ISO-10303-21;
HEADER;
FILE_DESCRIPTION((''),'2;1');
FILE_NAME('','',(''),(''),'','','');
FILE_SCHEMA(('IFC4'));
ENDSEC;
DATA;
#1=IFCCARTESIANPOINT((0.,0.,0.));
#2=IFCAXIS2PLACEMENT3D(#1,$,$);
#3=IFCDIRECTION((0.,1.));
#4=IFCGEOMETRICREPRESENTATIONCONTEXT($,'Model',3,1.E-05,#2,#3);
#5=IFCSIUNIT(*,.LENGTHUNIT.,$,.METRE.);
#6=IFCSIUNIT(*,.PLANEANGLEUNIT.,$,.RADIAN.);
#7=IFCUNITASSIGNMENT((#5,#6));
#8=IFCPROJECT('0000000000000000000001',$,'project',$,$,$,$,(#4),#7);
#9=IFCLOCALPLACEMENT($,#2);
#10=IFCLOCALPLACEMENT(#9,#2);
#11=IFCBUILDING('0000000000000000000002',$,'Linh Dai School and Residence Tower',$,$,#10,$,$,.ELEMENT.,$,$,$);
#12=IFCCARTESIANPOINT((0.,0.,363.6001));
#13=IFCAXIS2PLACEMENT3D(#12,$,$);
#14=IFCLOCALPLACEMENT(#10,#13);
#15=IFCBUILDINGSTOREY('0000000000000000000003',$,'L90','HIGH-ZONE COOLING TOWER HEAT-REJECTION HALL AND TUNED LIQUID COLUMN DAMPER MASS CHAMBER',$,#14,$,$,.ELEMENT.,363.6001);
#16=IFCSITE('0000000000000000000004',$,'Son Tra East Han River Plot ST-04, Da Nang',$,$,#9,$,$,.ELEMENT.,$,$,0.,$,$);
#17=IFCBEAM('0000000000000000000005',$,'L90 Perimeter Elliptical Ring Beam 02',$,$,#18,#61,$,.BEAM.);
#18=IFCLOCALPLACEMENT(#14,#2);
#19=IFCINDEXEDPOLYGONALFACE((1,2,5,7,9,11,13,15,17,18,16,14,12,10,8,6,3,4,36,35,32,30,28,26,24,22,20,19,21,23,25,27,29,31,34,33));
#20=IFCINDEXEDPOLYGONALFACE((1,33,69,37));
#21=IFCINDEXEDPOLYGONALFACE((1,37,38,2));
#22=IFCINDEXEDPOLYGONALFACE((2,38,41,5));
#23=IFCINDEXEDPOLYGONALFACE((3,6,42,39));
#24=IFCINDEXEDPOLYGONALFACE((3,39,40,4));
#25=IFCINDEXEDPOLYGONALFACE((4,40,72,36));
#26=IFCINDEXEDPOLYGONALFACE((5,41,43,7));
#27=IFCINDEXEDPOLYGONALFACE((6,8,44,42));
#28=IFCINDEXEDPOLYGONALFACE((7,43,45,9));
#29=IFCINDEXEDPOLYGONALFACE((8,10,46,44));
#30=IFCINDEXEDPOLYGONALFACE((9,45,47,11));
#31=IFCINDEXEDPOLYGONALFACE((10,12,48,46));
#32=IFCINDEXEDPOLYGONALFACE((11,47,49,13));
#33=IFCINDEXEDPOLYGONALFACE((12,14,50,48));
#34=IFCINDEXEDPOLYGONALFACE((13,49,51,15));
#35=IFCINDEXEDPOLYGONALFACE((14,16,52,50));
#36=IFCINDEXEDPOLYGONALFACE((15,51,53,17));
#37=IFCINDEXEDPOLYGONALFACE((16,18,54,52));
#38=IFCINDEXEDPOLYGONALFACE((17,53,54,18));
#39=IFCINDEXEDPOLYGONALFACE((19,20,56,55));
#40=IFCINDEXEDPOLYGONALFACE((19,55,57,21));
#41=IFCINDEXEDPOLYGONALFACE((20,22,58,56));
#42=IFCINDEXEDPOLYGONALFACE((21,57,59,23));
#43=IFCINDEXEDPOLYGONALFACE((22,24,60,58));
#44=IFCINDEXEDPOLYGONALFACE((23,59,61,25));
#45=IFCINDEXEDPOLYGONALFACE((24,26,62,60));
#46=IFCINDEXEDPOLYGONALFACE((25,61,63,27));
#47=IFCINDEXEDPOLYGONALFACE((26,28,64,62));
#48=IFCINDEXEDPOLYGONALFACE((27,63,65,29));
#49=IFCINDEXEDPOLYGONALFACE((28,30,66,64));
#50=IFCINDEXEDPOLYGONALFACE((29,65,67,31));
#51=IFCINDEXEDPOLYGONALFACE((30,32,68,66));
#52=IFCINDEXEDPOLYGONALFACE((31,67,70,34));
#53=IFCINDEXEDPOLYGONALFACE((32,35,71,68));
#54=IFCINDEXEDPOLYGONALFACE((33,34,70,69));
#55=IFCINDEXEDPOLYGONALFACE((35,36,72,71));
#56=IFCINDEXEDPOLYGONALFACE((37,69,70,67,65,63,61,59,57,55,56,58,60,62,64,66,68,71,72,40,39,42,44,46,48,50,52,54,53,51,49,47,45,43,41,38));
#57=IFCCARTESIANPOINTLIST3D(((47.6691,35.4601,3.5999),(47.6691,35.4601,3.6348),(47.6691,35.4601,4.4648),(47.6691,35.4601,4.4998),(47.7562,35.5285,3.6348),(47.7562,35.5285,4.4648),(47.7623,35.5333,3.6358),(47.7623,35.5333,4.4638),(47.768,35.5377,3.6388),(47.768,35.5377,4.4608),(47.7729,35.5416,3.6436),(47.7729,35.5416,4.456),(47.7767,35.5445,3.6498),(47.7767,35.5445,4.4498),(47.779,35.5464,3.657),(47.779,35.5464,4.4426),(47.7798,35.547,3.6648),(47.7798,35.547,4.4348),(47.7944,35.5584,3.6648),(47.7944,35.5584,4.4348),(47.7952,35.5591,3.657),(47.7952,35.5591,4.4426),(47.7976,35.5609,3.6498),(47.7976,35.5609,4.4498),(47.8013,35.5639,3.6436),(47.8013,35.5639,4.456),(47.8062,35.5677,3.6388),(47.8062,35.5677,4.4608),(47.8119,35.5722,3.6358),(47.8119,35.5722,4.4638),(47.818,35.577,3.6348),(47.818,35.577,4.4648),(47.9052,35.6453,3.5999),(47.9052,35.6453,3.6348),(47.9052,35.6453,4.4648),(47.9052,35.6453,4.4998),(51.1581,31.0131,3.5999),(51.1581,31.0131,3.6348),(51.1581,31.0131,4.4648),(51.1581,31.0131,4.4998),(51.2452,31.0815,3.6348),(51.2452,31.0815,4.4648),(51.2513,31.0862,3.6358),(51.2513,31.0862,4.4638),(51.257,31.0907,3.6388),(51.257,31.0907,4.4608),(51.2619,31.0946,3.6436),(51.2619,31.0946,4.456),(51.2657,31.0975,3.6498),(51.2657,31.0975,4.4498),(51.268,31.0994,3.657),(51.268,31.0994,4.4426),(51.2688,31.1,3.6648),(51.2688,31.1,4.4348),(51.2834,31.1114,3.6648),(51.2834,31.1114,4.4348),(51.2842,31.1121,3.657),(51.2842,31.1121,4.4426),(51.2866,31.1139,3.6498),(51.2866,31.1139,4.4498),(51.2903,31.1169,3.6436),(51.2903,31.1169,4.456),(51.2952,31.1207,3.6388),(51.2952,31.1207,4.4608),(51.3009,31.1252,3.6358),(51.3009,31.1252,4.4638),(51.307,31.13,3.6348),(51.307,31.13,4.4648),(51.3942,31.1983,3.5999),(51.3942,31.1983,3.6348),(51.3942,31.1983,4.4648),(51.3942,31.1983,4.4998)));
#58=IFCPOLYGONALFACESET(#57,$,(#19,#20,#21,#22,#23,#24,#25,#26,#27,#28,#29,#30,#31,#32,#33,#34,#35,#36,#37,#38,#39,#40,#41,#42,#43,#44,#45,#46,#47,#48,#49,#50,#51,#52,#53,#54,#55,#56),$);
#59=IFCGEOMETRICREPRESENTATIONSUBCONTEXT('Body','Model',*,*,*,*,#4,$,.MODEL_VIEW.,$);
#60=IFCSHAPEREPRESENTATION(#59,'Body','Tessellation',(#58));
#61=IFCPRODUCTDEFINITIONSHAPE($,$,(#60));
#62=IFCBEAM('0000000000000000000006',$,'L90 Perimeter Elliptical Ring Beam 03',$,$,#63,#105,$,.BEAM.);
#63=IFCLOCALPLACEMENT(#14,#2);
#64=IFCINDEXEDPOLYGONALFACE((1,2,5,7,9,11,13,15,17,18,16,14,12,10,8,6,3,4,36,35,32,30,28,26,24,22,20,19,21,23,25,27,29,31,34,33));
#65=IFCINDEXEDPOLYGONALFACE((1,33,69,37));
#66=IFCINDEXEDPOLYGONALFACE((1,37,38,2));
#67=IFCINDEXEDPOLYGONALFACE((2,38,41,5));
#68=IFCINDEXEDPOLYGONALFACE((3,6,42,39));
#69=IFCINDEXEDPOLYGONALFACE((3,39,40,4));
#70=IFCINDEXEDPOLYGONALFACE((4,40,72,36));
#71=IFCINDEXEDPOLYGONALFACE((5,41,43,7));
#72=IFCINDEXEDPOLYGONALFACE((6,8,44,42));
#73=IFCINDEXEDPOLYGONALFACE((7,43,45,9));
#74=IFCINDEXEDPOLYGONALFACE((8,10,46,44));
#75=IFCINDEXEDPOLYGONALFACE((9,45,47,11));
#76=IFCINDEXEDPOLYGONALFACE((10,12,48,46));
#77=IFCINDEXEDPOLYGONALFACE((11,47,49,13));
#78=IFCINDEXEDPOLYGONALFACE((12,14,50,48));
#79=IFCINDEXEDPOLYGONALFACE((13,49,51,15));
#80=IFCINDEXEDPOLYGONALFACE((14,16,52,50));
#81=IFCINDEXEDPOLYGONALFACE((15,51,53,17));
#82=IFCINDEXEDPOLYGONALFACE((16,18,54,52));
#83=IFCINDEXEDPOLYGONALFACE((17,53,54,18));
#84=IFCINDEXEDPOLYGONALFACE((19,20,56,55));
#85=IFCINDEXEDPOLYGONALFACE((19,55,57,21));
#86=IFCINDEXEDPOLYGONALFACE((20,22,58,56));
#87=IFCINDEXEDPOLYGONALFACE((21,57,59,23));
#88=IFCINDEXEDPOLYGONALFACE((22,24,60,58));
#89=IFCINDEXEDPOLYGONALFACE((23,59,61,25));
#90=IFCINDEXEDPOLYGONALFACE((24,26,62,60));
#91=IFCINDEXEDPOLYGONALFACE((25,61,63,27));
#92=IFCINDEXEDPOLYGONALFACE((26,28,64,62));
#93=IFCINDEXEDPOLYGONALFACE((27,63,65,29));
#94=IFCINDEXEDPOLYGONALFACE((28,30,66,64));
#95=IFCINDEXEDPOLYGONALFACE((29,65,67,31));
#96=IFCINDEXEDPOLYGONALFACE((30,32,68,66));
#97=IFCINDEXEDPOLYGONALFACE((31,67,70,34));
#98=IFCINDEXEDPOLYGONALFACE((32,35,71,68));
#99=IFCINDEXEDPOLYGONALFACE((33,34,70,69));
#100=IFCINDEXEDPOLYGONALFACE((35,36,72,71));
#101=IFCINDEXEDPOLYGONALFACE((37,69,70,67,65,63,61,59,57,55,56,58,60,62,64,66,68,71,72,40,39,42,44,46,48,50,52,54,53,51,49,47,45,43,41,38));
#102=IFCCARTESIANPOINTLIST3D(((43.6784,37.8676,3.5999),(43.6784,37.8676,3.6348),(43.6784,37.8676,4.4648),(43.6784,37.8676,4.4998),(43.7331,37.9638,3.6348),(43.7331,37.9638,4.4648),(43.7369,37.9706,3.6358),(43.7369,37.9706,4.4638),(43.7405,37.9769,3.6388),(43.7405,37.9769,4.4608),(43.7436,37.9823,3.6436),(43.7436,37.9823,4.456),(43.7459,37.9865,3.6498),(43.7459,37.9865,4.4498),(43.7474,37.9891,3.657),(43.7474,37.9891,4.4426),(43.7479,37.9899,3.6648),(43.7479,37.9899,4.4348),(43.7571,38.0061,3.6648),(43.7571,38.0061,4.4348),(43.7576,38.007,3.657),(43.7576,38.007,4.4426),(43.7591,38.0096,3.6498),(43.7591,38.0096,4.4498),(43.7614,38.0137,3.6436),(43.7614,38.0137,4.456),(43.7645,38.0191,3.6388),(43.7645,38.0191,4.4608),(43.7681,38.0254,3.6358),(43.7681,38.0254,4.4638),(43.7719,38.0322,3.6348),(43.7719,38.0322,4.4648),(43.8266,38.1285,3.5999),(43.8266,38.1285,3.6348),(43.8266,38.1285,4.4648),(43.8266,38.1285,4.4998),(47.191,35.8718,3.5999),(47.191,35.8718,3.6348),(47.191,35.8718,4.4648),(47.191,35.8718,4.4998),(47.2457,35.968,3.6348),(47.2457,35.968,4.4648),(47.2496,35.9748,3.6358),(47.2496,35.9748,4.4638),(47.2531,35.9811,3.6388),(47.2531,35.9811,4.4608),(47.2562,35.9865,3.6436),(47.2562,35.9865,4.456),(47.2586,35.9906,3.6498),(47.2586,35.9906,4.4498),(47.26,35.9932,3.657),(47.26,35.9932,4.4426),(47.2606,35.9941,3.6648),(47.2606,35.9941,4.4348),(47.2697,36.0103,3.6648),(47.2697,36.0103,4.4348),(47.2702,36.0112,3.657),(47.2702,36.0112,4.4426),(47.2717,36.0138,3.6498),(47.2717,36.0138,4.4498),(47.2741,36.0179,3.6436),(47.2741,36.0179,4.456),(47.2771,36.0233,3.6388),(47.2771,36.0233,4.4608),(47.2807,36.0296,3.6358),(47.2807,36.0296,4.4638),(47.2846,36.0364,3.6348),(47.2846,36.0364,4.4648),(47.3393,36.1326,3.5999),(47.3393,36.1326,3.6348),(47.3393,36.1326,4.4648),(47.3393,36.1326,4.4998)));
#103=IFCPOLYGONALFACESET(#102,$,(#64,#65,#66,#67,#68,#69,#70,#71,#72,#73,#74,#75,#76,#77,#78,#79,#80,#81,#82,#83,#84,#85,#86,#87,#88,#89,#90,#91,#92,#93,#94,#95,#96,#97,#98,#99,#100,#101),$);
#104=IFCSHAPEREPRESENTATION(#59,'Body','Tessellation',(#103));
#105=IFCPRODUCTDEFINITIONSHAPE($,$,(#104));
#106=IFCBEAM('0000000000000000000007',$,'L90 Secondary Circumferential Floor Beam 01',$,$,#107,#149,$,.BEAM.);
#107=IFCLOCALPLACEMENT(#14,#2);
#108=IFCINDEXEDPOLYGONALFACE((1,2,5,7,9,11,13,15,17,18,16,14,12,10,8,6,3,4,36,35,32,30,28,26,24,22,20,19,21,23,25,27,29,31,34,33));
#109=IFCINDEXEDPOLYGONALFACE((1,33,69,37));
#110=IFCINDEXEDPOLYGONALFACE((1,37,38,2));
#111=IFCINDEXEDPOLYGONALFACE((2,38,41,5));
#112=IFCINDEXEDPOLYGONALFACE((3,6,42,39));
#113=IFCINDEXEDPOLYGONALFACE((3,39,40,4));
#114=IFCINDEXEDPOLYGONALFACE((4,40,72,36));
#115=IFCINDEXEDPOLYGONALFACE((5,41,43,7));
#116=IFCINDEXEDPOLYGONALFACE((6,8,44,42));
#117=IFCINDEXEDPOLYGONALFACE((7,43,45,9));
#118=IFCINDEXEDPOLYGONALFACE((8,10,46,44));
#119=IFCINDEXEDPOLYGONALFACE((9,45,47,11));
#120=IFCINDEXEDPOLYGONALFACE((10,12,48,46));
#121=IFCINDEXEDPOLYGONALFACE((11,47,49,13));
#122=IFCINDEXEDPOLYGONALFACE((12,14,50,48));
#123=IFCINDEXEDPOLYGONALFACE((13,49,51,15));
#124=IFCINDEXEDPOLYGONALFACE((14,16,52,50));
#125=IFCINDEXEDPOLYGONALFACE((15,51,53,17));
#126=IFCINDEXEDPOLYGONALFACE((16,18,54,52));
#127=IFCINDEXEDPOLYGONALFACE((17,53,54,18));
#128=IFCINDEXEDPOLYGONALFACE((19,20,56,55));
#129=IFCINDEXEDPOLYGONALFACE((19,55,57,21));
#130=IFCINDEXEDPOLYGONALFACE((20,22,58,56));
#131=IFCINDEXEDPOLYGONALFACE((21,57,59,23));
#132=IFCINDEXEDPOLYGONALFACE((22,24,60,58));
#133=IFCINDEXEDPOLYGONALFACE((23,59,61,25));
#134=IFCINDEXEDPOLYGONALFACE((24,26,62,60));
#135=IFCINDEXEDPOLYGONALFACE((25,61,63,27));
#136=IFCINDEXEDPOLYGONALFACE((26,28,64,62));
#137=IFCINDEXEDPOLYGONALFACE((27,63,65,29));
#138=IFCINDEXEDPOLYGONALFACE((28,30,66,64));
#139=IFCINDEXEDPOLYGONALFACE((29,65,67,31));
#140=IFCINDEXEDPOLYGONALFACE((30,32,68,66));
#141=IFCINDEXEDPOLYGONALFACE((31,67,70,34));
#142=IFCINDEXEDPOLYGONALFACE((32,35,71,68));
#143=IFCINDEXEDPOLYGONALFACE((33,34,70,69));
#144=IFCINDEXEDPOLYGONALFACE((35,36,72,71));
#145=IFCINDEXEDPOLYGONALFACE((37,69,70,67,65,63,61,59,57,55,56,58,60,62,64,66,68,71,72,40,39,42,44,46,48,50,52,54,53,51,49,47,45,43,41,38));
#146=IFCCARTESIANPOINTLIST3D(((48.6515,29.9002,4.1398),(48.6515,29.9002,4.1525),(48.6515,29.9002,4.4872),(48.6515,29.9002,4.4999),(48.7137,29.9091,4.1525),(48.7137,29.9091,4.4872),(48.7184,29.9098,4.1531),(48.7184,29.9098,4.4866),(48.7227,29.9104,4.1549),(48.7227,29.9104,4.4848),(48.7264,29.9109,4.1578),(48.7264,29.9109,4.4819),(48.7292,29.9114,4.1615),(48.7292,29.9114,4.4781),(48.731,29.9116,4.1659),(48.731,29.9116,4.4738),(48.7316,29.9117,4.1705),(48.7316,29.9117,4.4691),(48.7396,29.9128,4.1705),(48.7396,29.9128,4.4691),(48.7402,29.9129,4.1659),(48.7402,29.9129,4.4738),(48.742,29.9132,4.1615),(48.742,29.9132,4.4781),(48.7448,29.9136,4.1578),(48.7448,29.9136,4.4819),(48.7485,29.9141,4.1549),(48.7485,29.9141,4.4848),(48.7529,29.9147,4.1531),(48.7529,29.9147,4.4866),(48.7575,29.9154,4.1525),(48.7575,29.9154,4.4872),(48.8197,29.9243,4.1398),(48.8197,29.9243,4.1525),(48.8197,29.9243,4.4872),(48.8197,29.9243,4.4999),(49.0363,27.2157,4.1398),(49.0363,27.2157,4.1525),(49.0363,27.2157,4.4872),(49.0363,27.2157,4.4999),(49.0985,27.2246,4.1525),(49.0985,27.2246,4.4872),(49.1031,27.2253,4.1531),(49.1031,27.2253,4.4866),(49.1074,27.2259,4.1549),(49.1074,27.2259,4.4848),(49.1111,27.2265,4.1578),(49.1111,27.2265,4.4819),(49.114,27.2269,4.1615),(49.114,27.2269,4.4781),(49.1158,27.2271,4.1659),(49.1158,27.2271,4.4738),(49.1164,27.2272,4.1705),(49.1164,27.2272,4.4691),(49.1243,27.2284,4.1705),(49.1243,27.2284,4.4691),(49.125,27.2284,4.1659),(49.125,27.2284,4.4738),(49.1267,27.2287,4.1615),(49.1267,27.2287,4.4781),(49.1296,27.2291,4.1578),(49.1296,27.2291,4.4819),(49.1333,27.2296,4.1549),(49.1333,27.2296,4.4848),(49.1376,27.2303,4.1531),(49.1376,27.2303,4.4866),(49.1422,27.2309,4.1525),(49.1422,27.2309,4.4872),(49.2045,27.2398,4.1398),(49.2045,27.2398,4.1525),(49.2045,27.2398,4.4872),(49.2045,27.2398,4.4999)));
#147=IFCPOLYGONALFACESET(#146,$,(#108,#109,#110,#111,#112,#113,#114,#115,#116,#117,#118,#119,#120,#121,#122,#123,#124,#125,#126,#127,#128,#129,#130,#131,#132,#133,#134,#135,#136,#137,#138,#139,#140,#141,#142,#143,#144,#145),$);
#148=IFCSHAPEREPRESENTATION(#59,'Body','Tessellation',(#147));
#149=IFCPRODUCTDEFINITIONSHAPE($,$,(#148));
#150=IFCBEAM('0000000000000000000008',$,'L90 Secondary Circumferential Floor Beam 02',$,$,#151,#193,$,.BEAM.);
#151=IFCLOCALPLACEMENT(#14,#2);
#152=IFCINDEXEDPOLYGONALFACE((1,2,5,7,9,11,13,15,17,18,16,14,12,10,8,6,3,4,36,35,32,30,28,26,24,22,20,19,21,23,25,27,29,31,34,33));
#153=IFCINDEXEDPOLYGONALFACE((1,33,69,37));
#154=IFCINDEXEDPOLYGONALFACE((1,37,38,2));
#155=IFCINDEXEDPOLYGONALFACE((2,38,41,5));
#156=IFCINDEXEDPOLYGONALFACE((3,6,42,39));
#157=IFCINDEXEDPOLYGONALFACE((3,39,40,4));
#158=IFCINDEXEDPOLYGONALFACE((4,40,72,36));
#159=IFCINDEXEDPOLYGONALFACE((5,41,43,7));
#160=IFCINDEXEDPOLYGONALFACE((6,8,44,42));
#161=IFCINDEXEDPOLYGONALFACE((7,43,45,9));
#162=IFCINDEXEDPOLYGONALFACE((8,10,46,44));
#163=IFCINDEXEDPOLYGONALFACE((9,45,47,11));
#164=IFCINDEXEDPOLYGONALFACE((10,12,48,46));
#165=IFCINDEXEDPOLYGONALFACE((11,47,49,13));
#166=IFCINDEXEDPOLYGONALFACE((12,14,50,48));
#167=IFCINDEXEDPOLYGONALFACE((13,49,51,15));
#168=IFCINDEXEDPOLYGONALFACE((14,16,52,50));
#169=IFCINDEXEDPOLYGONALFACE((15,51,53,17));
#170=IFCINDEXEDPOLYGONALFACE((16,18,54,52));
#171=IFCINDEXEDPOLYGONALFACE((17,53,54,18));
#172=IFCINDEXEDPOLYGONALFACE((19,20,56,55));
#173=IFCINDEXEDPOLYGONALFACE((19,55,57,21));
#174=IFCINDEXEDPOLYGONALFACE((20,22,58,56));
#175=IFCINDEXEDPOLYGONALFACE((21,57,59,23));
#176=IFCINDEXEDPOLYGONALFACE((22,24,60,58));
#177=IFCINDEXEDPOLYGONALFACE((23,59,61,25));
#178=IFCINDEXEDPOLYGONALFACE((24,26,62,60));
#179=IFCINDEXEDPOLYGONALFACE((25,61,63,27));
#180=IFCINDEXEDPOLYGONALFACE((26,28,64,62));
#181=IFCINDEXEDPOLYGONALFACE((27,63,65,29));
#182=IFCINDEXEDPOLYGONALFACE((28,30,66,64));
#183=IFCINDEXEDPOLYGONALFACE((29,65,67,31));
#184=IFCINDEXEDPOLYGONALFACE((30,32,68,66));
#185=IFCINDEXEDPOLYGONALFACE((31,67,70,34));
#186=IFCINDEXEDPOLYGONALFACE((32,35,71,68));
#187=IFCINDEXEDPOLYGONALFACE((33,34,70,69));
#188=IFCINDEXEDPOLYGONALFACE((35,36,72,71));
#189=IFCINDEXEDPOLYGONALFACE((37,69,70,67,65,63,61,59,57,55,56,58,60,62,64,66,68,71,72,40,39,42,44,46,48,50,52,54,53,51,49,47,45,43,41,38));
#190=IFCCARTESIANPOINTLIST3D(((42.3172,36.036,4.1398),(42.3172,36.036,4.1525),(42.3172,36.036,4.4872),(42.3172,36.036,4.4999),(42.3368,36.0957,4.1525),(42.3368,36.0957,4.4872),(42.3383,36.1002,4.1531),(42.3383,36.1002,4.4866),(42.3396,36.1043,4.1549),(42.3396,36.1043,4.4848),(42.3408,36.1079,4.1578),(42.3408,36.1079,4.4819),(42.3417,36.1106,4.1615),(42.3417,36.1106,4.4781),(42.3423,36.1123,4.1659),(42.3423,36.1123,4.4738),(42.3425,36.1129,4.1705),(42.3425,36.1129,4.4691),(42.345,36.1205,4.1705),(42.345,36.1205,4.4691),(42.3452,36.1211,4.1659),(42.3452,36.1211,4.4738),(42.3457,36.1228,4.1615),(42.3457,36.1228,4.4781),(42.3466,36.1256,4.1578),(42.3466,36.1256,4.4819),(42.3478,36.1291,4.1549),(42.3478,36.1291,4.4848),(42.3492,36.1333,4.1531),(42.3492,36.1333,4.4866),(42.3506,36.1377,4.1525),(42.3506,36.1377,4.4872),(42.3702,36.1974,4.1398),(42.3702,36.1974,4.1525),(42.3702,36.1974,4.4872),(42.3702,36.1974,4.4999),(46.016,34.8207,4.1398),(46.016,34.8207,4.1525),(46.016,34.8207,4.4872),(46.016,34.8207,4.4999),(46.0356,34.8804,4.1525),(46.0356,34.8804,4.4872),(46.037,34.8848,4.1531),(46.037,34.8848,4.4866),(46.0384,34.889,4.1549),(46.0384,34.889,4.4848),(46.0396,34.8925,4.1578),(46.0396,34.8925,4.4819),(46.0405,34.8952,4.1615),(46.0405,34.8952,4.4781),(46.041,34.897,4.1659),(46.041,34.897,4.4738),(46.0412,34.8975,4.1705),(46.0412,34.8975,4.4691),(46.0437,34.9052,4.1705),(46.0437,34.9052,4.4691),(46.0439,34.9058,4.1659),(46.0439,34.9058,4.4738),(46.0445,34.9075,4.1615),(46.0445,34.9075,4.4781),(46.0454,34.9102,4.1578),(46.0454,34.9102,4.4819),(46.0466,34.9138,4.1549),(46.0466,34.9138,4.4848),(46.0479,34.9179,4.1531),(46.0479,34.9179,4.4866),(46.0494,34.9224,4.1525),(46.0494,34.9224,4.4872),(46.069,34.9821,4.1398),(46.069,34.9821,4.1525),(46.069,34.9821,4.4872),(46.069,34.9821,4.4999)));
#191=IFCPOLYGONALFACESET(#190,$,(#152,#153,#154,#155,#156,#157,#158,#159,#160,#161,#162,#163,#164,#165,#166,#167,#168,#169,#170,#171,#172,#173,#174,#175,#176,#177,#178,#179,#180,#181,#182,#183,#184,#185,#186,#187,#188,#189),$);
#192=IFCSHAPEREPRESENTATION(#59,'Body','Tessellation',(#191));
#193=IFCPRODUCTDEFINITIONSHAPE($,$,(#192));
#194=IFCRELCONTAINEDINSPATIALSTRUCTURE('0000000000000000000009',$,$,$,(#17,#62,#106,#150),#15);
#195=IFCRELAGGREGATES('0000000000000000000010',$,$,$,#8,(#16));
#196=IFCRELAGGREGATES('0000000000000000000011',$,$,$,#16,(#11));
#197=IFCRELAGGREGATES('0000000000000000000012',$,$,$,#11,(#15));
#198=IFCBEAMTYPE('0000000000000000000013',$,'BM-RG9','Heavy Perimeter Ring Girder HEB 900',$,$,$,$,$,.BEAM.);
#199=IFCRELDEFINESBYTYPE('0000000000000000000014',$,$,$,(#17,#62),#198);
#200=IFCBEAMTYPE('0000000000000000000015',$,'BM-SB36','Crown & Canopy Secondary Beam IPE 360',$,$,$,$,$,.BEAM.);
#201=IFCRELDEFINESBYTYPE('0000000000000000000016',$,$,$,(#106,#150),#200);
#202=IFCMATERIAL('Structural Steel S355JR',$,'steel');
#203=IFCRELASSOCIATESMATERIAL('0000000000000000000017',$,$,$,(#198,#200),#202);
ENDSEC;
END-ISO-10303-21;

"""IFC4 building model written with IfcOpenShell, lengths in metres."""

from ifc_helpers import new_model, si_unit, direction, frame, origin, origin_2d, place, context, subcontext, project, spatial, i_section, extrude, material, material_profile, profile_set, type_object, element, save


model = new_model("IFC4")

# Units and contexts
model_context = context("Model", 3, precision=1e-05, world=origin(), true_north=direction((0.0, 1.0)))
body_context = subcontext(model_context, "Body", "Model", "MODEL_VIEW")
ifc_project = project(units=[si_unit("LENGTHUNIT", "METRE"), si_unit("PLANEANGLEUNIT", "RADIAN")], contexts=[model_context])

# Site, building, storey
site_placement = place(None, origin())
site = spatial("IfcSite", under=ifc_project, at=site_placement, Name="Son Tra East Han River Plot ST-04, Da Nang", CompositionType="ELEMENT", RefElevation=0.0)
building_placement = place(site_placement, origin())
building = spatial("IfcBuilding", under=site, at=building_placement, Name="Linh Dai School and Residence Tower", CompositionType="ELEMENT")
storey_placement = place(building_placement, frame((0.0, 0.0, 363.6001)))
storey = spatial("IfcBuildingStorey", under=building, at=storey_placement, Name="L90", Description="HIGH-ZONE COOLING TOWER HEAT-REJECTION HALL AND TUNED LIQUID COLUMN DAMPER MASS CHAMBER", CompositionType="ELEMENT", Elevation=363.6001)

# Shared definitions
ifc_material_1 = material(Name="Structural Steel S355JR", Category="steel")

# Beams
ifc_material_profile_1 = material_profile(ifc_material_1, i_section(OverallWidth=0.3, OverallDepth=0.8999, WebThickness=0.0186, FlangeThickness=0.0349, FilletRadius=0.03, at=origin_2d()), Name="HEB 900")
ifc_profile_set_1 = profile_set([ifc_material_profile_1], Name="Structural Steel S355JR")
beam_type_1 = type_object("IfcBeamType", Name="BM-RG9", Description="Heavy Perimeter Ring Girder HEB 900", PredefinedType="BEAM", material=ifc_profile_set_1)
beam_1_placement = place(storey_placement, frame((51.2761, 31.1057, 4.0498), z_axis=(-0.617266, 0.786754, 0.0), x_axis=(-0.786754, -0.617266, 0.0)))
element("IfcBeam", 1, at=beam_1_placement, inside=storey, type_object=beam_type_1, Name="L90 Perimeter Elliptical Ring Beam 02", PredefinedType="BEAM", context=body_context, shape_type="SweptSolid", body=[
    extrude(i_section(OverallWidth=0.3, OverallDepth=0.8999, WebThickness=0.0186, FlangeThickness=0.0349, FilletRadius=0.03, at=origin_2d()), origin(), (0.0, 0.0, 1.0), 5.6523),
])
beam_2_placement = place(storey_placement, frame((47.2651, 36.0022, 4.0498), z_axis=(-0.869457, 0.494009, 0.0), x_axis=(-0.494009, -0.869457, 0.0)))
element("IfcBeam", 2, at=beam_2_placement, inside=storey, type_object=beam_type_1, Name="L90 Perimeter Elliptical Ring Beam 03", PredefinedType="BEAM", context=body_context, shape_type="SweptSolid", body=[
    extrude(i_section(OverallWidth=0.3, OverallDepth=0.8999, WebThickness=0.0186, FlangeThickness=0.0349, FilletRadius=0.03, at=origin_2d()), origin(), (0.0, 0.0, 1.0), 4.04),
])
ifc_material_profile_2 = material_profile(ifc_material_1, i_section(OverallWidth=0.1699, OverallDepth=0.3601, WebThickness=0.0081, FlangeThickness=0.0127, FilletRadius=0.0181, at=origin_2d()), Name="IPE 360")
ifc_profile_set_2 = profile_set([ifc_material_profile_2], Name="Structural Steel S355JR")
beam_type_2 = type_object("IfcBeamType", Name="BM-SB36", Description="Crown & Canopy Secondary Beam IPE 360", PredefinedType="BEAM", material=ifc_profile_set_2)
beam_3_placement = place(storey_placement, frame((49.1204, 27.2278, 4.3198), z_axis=(-0.141875, 0.989885, 0.0), x_axis=(-0.989885, -0.141875, 0.0)))
element("IfcBeam", 3, at=beam_3_placement, inside=storey, type_object=beam_type_2, Name="L90 Secondary Circumferential Floor Beam 01", PredefinedType="BEAM", context=body_context, shape_type="SweptSolid", body=[
    extrude(i_section(OverallWidth=0.1699, OverallDepth=0.3601, WebThickness=0.0081, FlangeThickness=0.0127, FilletRadius=0.0181, at=origin_2d()), origin(), (0.0, 0.0, 1.0), 2.7119),
])
beam_4_placement = place(storey_placement, frame((46.0425, 34.9014, 4.3198), z_axis=(-0.950029, 0.312161, 0.0), x_axis=(-0.312161, -0.950029, 0.0)))
element("IfcBeam", 4, at=beam_4_placement, inside=storey, type_object=beam_type_2, Name="L90 Secondary Circumferential Floor Beam 02", PredefinedType="BEAM", context=body_context, shape_type="SweptSolid", body=[
    extrude(i_section(OverallWidth=0.1699, OverallDepth=0.3601, WebThickness=0.0081, FlangeThickness=0.0127, FilletRadius=0.0181, at=origin_2d()), origin(), (0.0, 0.0, 1.0), 3.8933),
])

save(model, "model.ifc")
